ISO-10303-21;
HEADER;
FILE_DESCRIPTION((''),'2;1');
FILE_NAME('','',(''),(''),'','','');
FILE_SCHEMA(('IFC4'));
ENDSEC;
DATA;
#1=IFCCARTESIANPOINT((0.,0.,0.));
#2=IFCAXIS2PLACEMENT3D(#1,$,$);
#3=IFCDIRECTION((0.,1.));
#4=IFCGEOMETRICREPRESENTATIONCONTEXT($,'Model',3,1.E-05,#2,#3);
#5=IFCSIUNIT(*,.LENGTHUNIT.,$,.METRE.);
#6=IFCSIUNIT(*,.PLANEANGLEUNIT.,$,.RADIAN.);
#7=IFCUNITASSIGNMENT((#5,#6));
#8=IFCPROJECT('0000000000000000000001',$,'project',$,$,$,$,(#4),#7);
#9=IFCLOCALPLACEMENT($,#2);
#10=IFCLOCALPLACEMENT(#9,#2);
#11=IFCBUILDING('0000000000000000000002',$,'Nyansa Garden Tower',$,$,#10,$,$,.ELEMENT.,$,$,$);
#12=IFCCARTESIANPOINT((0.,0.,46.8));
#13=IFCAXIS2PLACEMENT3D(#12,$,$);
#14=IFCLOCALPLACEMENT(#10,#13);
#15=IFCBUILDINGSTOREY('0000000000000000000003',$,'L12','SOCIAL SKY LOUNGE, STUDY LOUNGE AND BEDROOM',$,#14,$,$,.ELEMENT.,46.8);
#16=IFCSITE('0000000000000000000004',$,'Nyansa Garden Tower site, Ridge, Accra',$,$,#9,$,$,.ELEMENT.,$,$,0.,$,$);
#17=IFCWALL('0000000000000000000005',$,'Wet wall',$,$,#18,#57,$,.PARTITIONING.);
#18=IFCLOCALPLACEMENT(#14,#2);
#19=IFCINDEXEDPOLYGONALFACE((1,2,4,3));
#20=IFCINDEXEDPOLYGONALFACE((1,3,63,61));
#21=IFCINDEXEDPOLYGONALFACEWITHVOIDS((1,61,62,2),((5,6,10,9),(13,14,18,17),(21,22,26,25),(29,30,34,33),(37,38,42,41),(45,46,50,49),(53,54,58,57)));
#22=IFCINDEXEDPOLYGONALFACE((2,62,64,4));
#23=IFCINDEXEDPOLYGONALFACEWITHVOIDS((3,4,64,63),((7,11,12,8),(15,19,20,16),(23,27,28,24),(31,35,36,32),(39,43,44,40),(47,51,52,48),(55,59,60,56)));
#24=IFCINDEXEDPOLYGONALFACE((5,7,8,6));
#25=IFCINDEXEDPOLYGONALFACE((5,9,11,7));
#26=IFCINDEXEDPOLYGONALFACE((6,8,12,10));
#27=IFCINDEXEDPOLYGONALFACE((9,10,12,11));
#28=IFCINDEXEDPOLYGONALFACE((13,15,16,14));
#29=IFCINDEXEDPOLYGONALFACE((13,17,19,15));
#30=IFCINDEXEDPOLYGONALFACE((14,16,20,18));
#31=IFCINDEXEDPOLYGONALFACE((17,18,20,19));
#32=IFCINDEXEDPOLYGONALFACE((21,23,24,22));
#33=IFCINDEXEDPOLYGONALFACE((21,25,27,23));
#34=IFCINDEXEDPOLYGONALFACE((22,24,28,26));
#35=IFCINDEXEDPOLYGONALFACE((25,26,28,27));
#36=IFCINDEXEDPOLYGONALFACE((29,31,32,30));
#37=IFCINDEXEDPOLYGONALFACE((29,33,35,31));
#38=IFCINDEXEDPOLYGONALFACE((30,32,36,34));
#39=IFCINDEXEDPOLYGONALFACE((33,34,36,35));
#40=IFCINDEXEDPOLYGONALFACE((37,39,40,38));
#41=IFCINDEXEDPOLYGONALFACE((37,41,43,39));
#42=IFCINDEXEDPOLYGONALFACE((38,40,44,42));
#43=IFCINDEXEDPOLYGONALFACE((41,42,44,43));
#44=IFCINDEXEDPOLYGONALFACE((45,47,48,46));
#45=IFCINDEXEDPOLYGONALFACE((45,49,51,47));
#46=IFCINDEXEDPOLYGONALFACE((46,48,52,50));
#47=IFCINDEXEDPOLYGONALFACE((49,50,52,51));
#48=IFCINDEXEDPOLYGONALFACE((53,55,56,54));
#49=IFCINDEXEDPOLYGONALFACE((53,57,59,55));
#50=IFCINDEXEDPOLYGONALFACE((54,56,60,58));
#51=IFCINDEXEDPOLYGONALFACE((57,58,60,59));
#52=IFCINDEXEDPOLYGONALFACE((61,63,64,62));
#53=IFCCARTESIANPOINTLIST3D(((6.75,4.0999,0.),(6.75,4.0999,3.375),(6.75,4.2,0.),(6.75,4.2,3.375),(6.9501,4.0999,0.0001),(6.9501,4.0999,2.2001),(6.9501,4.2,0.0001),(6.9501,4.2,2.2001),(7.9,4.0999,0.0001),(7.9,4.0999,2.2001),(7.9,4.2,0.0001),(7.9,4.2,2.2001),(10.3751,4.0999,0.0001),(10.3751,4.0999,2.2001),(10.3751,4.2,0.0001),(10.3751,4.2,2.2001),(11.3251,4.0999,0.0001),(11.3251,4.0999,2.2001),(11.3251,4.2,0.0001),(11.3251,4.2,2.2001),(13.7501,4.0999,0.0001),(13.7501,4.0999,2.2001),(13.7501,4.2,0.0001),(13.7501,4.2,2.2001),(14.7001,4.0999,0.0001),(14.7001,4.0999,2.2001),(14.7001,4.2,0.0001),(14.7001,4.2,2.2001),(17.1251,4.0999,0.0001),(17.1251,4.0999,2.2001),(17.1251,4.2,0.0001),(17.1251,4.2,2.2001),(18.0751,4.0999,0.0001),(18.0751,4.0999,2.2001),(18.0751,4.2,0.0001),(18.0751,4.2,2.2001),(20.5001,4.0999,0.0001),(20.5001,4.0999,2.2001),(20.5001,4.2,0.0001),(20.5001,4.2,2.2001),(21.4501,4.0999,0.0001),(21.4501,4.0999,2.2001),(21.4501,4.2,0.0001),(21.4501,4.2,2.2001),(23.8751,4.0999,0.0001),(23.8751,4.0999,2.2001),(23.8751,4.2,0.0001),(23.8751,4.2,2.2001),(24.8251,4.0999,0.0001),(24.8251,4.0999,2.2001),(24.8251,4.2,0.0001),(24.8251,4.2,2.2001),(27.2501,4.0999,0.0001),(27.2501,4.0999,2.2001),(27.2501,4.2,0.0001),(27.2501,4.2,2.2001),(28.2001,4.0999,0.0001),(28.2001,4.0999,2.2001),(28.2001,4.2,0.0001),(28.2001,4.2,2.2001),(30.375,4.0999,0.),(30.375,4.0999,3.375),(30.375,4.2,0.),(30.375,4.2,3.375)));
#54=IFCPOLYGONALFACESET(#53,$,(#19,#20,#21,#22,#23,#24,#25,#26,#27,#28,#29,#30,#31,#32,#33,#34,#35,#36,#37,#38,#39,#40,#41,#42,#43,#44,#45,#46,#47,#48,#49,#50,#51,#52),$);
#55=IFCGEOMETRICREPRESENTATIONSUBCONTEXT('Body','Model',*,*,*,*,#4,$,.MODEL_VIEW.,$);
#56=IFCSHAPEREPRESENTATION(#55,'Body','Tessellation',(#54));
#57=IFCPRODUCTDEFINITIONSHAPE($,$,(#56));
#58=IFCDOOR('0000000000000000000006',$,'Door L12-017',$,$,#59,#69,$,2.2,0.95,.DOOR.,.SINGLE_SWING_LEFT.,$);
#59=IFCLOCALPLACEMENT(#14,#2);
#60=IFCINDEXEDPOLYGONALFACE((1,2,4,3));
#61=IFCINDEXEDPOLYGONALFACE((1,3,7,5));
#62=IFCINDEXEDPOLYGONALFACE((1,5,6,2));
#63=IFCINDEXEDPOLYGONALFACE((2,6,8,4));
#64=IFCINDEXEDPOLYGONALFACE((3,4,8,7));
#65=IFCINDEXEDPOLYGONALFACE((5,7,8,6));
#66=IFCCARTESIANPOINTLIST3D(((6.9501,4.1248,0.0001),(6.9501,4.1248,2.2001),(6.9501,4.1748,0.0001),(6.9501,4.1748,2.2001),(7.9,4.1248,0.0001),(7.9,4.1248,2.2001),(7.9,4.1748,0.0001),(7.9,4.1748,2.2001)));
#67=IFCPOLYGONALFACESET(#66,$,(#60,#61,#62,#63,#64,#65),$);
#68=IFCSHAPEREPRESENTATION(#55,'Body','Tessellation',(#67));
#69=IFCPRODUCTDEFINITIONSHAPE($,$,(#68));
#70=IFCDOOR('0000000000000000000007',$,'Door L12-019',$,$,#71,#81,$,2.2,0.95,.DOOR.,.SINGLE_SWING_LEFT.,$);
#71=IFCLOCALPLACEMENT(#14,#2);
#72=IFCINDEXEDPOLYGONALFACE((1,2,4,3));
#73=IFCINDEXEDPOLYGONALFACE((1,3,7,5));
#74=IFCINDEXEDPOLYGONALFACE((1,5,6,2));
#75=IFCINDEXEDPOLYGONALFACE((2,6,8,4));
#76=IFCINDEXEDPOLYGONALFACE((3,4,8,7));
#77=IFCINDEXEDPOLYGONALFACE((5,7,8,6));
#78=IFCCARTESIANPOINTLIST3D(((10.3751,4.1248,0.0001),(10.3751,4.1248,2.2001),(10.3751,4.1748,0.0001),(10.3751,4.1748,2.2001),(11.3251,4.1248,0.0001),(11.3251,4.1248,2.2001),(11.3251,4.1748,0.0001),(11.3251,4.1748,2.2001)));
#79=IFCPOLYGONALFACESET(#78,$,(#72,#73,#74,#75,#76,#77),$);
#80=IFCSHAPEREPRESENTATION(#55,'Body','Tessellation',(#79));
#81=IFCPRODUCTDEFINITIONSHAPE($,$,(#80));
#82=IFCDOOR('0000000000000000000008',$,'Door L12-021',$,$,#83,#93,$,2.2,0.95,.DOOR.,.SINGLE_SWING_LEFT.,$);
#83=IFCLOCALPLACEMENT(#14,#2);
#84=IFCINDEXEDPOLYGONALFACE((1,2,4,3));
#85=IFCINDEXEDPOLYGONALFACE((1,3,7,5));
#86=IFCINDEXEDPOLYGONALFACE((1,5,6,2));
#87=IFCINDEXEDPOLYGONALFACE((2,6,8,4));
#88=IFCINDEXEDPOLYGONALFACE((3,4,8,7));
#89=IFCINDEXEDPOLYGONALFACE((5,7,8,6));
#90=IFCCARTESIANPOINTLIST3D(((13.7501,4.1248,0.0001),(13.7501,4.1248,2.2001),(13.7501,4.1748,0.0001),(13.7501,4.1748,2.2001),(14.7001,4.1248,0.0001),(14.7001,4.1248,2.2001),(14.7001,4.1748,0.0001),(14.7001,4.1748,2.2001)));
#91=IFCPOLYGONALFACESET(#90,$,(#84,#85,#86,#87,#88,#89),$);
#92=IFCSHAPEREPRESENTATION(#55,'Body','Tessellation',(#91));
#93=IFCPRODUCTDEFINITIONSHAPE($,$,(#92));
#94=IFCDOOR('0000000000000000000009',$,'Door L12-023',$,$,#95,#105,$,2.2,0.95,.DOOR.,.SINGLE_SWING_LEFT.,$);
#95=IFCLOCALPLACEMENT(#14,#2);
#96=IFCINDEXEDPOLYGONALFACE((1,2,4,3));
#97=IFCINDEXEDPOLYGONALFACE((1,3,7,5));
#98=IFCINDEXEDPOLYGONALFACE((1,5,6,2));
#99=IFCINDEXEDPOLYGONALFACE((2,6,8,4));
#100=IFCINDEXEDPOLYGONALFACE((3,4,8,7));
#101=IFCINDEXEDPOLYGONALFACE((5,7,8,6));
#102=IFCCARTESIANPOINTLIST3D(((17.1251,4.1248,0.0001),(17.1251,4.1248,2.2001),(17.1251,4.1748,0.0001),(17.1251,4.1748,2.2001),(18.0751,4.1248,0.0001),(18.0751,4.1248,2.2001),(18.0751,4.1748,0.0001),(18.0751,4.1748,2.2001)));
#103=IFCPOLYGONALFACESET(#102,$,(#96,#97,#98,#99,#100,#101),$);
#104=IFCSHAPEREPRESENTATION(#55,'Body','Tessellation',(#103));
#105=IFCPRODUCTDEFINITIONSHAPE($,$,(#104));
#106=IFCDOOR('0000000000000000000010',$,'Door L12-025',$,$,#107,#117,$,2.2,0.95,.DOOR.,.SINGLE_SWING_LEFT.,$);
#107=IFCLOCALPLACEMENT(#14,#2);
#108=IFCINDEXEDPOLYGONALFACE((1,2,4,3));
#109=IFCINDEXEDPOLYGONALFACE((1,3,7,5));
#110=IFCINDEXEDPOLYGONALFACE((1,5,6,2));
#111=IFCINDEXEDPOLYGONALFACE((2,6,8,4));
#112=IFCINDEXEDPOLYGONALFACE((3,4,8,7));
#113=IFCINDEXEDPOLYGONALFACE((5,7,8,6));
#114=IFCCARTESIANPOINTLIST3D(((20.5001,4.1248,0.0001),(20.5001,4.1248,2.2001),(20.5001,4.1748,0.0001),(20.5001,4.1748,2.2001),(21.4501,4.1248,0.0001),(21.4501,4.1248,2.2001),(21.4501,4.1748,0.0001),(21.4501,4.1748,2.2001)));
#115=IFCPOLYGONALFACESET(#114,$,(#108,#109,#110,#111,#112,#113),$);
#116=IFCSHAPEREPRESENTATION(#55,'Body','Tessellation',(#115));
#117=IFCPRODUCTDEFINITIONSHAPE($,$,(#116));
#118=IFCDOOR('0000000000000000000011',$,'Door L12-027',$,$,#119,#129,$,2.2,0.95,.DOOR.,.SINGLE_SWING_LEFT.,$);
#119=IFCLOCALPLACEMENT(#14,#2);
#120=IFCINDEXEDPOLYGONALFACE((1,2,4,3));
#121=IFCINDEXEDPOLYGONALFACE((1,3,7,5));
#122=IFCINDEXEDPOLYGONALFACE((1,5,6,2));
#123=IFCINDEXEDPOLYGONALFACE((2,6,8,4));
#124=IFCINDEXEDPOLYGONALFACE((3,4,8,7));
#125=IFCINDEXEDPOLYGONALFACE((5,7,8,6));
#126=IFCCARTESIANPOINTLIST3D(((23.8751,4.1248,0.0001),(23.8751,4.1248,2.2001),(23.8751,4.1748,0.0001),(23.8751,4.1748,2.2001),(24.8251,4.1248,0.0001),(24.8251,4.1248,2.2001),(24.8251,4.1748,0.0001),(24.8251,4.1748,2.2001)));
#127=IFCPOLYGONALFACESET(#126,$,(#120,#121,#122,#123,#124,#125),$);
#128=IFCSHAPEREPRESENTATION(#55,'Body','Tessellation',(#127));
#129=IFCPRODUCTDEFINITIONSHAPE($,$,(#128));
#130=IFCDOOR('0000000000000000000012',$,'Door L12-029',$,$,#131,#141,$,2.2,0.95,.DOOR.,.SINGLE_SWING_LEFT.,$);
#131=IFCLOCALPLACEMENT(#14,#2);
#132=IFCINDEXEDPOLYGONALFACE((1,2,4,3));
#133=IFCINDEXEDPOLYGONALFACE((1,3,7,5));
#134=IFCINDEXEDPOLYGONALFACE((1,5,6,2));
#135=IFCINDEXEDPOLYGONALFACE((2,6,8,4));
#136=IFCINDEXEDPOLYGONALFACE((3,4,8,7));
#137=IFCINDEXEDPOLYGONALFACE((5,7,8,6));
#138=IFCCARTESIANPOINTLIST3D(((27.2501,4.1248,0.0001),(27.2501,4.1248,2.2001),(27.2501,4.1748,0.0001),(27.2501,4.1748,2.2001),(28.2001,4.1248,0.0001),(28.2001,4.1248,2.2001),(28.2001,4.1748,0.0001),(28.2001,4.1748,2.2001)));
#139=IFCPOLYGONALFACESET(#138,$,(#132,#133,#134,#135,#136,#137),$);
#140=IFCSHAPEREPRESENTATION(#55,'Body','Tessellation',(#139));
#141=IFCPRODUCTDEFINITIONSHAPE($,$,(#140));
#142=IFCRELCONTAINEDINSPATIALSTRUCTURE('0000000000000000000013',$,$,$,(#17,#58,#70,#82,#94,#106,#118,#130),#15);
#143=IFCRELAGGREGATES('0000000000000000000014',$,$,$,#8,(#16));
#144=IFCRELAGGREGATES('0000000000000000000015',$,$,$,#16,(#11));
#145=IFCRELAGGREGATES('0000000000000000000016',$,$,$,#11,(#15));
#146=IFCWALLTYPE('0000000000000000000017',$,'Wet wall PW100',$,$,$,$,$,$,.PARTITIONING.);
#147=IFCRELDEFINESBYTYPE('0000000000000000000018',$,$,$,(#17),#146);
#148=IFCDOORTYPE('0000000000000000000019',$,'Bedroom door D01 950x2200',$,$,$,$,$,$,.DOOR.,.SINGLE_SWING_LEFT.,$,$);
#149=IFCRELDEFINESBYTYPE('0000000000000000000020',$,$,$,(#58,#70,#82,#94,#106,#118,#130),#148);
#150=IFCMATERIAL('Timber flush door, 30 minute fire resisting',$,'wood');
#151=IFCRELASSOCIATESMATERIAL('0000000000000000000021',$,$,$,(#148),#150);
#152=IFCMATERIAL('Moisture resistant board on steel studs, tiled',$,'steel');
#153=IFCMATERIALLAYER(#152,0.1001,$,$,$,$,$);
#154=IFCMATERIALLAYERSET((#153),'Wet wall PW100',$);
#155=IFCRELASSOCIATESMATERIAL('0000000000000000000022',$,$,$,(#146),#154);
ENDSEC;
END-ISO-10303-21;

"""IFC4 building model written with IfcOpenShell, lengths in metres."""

from ifc_helpers import new_model, si_unit, direction, frame, frame_2d, origin, place, context, subcontext, project, spatial, rectangle, extrude, material, layer, layer_set, type_object, element, fill, save


model = new_model("IFC4")

# Units and contexts
model_context = context("Model", 3, precision=1e-05, world=origin(), true_north=direction((0.0, 1.0)))
body_context = subcontext(model_context, "Body", "Model", "MODEL_VIEW")
ifc_project = project(units=[si_unit("LENGTHUNIT", "METRE"), si_unit("PLANEANGLEUNIT", "RADIAN")], contexts=[model_context])

# Site, building, storey
site_placement = place(None, origin())
site = spatial("IfcSite", under=ifc_project, at=site_placement, Name="Nyansa Garden Tower site, Ridge, Accra", CompositionType="ELEMENT", RefElevation=0.0)
building_placement = place(site_placement, origin())
building = spatial("IfcBuilding", under=site, at=building_placement, Name="Nyansa Garden Tower", CompositionType="ELEMENT")
storey_placement = place(building_placement, frame((0.0, 0.0, 46.8)))
storey = spatial("IfcBuildingStorey", under=building, at=storey_placement, Name="L12", Description="SOCIAL SKY LOUNGE, STUDY LOUNGE AND BEDROOM", CompositionType="ELEMENT", Elevation=46.8)

# Shared definitions
ifc_material_1 = material(Name="Timber flush door, 30 minute fire resisting", Category="wood")
door_type_1 = type_object("IfcDoorType", Name="Bedroom door D01 950x2200", OperationType="SINGLE_SWING_LEFT", PredefinedType="DOOR", material=ifc_material_1)

# Wall, openings, doors
ifc_material_2 = material(Name="Moisture resistant board on steel studs, tiled", Category="steel")
ifc_layer_1 = layer(ifc_material_2, 0.1001)
ifc_layer_set_1 = layer_set([ifc_layer_1], Name="Wet wall PW100")
wall_type_1 = type_object("IfcWallType", Name="Wet wall PW100", PredefinedType="PARTITIONING", material=ifc_layer_set_1)
wall_1_placement = place(storey_placement, frame((6.75, 4.1499, 0.0), z_axis=(0.0, 0.0, 1.0), x_axis=(1.0, 0.0, 0.0)))
wall_1 = element("IfcWall", 1, at=wall_1_placement, inside=storey, type_object=wall_type_1, Name="Wet wall", PredefinedType="PARTITIONING", context=body_context, shape_type="SweptSolid", body=[
    extrude(rectangle(XDim=23.625, YDim=0.1001, at=frame_2d((11.8125, 0.0))), origin(), (0.0, 0.0, 1.0), 3.375),
])
opening_1_placement = place(wall_1_placement, frame((0.2, 0.0, 0.0)))
opening_1 = element("IfcOpeningElement", 2, at=opening_1_placement, cuts=wall_1, PredefinedType="OPENING", context=body_context, shape_type="SweptSolid", body=[
    extrude(rectangle(XDim=0.95, YDim=2.2, at=frame_2d((0.4751, 1.1001))), frame((0.0, 0.0601, 0.0), z_axis=(0.0, -1.0, 0.0), x_axis=(1.0, 0.0, 0.0)), (0.0, 0.0, 1.0), 0.1201),
])
opening_2_placement = place(wall_1_placement, frame((3.625, 0.0, 0.0)))
opening_2 = element("IfcOpeningElement", 3, at=opening_2_placement, cuts=wall_1, PredefinedType="OPENING", context=body_context, shape_type="SweptSolid", body=[
    extrude(rectangle(XDim=0.95, YDim=2.2, at=frame_2d((0.4751, 1.1001))), frame((0.0, 0.0601, 0.0), z_axis=(0.0, -1.0, 0.0), x_axis=(1.0, 0.0, 0.0)), (0.0, 0.0, 1.0), 0.1201),
])
opening_3_placement = place(wall_1_placement, frame((7.0, 0.0, 0.0)))
opening_3 = element("IfcOpeningElement", 4, at=opening_3_placement, cuts=wall_1, PredefinedType="OPENING", context=body_context, shape_type="SweptSolid", body=[
    extrude(rectangle(XDim=0.95, YDim=2.2, at=frame_2d((0.4751, 1.1001))), frame((0.0, 0.0601, 0.0), z_axis=(0.0, -1.0, 0.0), x_axis=(1.0, 0.0, 0.0)), (0.0, 0.0, 1.0), 0.1201),
])
opening_4_placement = place(wall_1_placement, frame((10.375, 0.0, 0.0)))
opening_4 = element("IfcOpeningElement", 5, at=opening_4_placement, cuts=wall_1, PredefinedType="OPENING", context=body_context, shape_type="SweptSolid", body=[
    extrude(rectangle(XDim=0.95, YDim=2.2, at=frame_2d((0.4751, 1.1001))), frame((0.0, 0.0601, 0.0), z_axis=(0.0, -1.0, 0.0), x_axis=(1.0, 0.0, 0.0)), (0.0, 0.0, 1.0), 0.1201),
])
opening_5_placement = place(wall_1_placement, frame((13.75, 0.0, 0.0)))
opening_5 = element("IfcOpeningElement", 6, at=opening_5_placement, cuts=wall_1, PredefinedType="OPENING", context=body_context, shape_type="SweptSolid", body=[
    extrude(rectangle(XDim=0.95, YDim=2.2, at=frame_2d((0.4751, 1.1001))), frame((0.0, 0.0601, 0.0), z_axis=(0.0, -1.0, 0.0), x_axis=(1.0, 0.0, 0.0)), (0.0, 0.0, 1.0), 0.1201),
])
opening_6_placement = place(wall_1_placement, frame((17.125, 0.0, 0.0)))
opening_6 = element("IfcOpeningElement", 7, at=opening_6_placement, cuts=wall_1, PredefinedType="OPENING", context=body_context, shape_type="SweptSolid", body=[
    extrude(rectangle(XDim=0.95, YDim=2.2, at=frame_2d((0.4751, 1.1001))), frame((0.0, 0.0601, 0.0), z_axis=(0.0, -1.0, 0.0), x_axis=(1.0, 0.0, 0.0)), (0.0, 0.0, 1.0), 0.1201),
])
opening_7_placement = place(wall_1_placement, frame((20.5, 0.0, 0.0)))
opening_7 = element("IfcOpeningElement", 8, at=opening_7_placement, cuts=wall_1, PredefinedType="OPENING", context=body_context, shape_type="SweptSolid", body=[
    extrude(rectangle(XDim=0.95, YDim=2.2, at=frame_2d((0.4751, 1.1001))), frame((0.0, 0.0601, 0.0), z_axis=(0.0, -1.0, 0.0), x_axis=(1.0, 0.0, 0.0)), (0.0, 0.0, 1.0), 0.1201),
])
door_1_placement = place(opening_1_placement, origin())
door_1 = element("IfcDoor", 9, at=door_1_placement, inside=storey, type_object=door_type_1, Name="Door L12-017", OperationType="SINGLE_SWING_LEFT", OverallHeight=2.2, OverallWidth=0.95, PredefinedType="DOOR", context=body_context, shape_type="SweptSolid", body=[
    extrude(rectangle(XDim=0.95, YDim=2.2, at=frame_2d((0.4751, 1.1001))), frame((0.0, 0.0249, 0.0), z_axis=(0.0, -1.0, 0.0), x_axis=(1.0, 0.0, 0.0)), (0.0, 0.0, 1.0), 0.05),
])
fill(opening_1, door_1)
door_2_placement = place(opening_2_placement, origin())
door_2 = element("IfcDoor", 10, at=door_2_placement, inside=storey, type_object=door_type_1, Name="Door L12-019", OperationType="SINGLE_SWING_LEFT", OverallHeight=2.2, OverallWidth=0.95, PredefinedType="DOOR", context=body_context, shape_type="SweptSolid", body=[
    extrude(rectangle(XDim=0.95, YDim=2.2, at=frame_2d((0.4751, 1.1001))), frame((0.0, 0.0249, 0.0), z_axis=(0.0, -1.0, 0.0), x_axis=(1.0, 0.0, 0.0)), (0.0, 0.0, 1.0), 0.05),
])
fill(opening_2, door_2)
door_3_placement = place(opening_3_placement, origin())
door_3 = element("IfcDoor", 11, at=door_3_placement, inside=storey, type_object=door_type_1, Name="Door L12-021", OperationType="SINGLE_SWING_LEFT", OverallHeight=2.2, OverallWidth=0.95, PredefinedType="DOOR", context=body_context, shape_type="SweptSolid", body=[
    extrude(rectangle(XDim=0.95, YDim=2.2, at=frame_2d((0.4751, 1.1001))), frame((0.0, 0.0249, 0.0), z_axis=(0.0, -1.0, 0.0), x_axis=(1.0, 0.0, 0.0)), (0.0, 0.0, 1.0), 0.05),
])
fill(opening_3, door_3)
door_4_placement = place(opening_4_placement, origin())
door_4 = element("IfcDoor", 12, at=door_4_placement, inside=storey, type_object=door_type_1, Name="Door L12-023", OperationType="SINGLE_SWING_LEFT", OverallHeight=2.2, OverallWidth=0.95, PredefinedType="DOOR", context=body_context, shape_type="SweptSolid", body=[
    extrude(rectangle(XDim=0.95, YDim=2.2, at=frame_2d((0.4751, 1.1001))), frame((0.0, 0.0249, 0.0), z_axis=(0.0, -1.0, 0.0), x_axis=(1.0, 0.0, 0.0)), (0.0, 0.0, 1.0), 0.05),
])
fill(opening_4, door_4)
door_5_placement = place(opening_5_placement, origin())
door_5 = element("IfcDoor", 13, at=door_5_placement, inside=storey, type_object=door_type_1, Name="Door L12-025", OperationType="SINGLE_SWING_LEFT", OverallHeight=2.2, OverallWidth=0.95, PredefinedType="DOOR", context=body_context, shape_type="SweptSolid", body=[
    extrude(rectangle(XDim=0.95, YDim=2.2, at=frame_2d((0.4751, 1.1001))), frame((0.0, 0.0249, 0.0), z_axis=(0.0, -1.0, 0.0), x_axis=(1.0, 0.0, 0.0)), (0.0, 0.0, 1.0), 0.05),
])
fill(opening_5, door_5)
door_6_placement = place(opening_6_placement, origin())
door_6 = element("IfcDoor", 14, at=door_6_placement, inside=storey, type_object=door_type_1, Name="Door L12-027", OperationType="SINGLE_SWING_LEFT", OverallHeight=2.2, OverallWidth=0.95, PredefinedType="DOOR", context=body_context, shape_type="SweptSolid", body=[
    extrude(rectangle(XDim=0.95, YDim=2.2, at=frame_2d((0.4751, 1.1001))), frame((0.0, 0.0249, 0.0), z_axis=(0.0, -1.0, 0.0), x_axis=(1.0, 0.0, 0.0)), (0.0, 0.0, 1.0), 0.05),
])
fill(opening_6, door_6)
door_7_placement = place(opening_7_placement, origin())
door_7 = element("IfcDoor", 15, at=door_7_placement, inside=storey, type_object=door_type_1, Name="Door L12-029", OperationType="SINGLE_SWING_LEFT", OverallHeight=2.2, OverallWidth=0.95, PredefinedType="DOOR", context=body_context, shape_type="SweptSolid", body=[
    extrude(rectangle(XDim=0.95, YDim=2.2, at=frame_2d((0.4751, 1.1001))), frame((0.0, 0.0249, 0.0), z_axis=(0.0, -1.0, 0.0), x_axis=(1.0, 0.0, 0.0)), (0.0, 0.0, 1.0), 0.05),
])
fill(opening_7, door_7)

save(model, "model.ifc")
